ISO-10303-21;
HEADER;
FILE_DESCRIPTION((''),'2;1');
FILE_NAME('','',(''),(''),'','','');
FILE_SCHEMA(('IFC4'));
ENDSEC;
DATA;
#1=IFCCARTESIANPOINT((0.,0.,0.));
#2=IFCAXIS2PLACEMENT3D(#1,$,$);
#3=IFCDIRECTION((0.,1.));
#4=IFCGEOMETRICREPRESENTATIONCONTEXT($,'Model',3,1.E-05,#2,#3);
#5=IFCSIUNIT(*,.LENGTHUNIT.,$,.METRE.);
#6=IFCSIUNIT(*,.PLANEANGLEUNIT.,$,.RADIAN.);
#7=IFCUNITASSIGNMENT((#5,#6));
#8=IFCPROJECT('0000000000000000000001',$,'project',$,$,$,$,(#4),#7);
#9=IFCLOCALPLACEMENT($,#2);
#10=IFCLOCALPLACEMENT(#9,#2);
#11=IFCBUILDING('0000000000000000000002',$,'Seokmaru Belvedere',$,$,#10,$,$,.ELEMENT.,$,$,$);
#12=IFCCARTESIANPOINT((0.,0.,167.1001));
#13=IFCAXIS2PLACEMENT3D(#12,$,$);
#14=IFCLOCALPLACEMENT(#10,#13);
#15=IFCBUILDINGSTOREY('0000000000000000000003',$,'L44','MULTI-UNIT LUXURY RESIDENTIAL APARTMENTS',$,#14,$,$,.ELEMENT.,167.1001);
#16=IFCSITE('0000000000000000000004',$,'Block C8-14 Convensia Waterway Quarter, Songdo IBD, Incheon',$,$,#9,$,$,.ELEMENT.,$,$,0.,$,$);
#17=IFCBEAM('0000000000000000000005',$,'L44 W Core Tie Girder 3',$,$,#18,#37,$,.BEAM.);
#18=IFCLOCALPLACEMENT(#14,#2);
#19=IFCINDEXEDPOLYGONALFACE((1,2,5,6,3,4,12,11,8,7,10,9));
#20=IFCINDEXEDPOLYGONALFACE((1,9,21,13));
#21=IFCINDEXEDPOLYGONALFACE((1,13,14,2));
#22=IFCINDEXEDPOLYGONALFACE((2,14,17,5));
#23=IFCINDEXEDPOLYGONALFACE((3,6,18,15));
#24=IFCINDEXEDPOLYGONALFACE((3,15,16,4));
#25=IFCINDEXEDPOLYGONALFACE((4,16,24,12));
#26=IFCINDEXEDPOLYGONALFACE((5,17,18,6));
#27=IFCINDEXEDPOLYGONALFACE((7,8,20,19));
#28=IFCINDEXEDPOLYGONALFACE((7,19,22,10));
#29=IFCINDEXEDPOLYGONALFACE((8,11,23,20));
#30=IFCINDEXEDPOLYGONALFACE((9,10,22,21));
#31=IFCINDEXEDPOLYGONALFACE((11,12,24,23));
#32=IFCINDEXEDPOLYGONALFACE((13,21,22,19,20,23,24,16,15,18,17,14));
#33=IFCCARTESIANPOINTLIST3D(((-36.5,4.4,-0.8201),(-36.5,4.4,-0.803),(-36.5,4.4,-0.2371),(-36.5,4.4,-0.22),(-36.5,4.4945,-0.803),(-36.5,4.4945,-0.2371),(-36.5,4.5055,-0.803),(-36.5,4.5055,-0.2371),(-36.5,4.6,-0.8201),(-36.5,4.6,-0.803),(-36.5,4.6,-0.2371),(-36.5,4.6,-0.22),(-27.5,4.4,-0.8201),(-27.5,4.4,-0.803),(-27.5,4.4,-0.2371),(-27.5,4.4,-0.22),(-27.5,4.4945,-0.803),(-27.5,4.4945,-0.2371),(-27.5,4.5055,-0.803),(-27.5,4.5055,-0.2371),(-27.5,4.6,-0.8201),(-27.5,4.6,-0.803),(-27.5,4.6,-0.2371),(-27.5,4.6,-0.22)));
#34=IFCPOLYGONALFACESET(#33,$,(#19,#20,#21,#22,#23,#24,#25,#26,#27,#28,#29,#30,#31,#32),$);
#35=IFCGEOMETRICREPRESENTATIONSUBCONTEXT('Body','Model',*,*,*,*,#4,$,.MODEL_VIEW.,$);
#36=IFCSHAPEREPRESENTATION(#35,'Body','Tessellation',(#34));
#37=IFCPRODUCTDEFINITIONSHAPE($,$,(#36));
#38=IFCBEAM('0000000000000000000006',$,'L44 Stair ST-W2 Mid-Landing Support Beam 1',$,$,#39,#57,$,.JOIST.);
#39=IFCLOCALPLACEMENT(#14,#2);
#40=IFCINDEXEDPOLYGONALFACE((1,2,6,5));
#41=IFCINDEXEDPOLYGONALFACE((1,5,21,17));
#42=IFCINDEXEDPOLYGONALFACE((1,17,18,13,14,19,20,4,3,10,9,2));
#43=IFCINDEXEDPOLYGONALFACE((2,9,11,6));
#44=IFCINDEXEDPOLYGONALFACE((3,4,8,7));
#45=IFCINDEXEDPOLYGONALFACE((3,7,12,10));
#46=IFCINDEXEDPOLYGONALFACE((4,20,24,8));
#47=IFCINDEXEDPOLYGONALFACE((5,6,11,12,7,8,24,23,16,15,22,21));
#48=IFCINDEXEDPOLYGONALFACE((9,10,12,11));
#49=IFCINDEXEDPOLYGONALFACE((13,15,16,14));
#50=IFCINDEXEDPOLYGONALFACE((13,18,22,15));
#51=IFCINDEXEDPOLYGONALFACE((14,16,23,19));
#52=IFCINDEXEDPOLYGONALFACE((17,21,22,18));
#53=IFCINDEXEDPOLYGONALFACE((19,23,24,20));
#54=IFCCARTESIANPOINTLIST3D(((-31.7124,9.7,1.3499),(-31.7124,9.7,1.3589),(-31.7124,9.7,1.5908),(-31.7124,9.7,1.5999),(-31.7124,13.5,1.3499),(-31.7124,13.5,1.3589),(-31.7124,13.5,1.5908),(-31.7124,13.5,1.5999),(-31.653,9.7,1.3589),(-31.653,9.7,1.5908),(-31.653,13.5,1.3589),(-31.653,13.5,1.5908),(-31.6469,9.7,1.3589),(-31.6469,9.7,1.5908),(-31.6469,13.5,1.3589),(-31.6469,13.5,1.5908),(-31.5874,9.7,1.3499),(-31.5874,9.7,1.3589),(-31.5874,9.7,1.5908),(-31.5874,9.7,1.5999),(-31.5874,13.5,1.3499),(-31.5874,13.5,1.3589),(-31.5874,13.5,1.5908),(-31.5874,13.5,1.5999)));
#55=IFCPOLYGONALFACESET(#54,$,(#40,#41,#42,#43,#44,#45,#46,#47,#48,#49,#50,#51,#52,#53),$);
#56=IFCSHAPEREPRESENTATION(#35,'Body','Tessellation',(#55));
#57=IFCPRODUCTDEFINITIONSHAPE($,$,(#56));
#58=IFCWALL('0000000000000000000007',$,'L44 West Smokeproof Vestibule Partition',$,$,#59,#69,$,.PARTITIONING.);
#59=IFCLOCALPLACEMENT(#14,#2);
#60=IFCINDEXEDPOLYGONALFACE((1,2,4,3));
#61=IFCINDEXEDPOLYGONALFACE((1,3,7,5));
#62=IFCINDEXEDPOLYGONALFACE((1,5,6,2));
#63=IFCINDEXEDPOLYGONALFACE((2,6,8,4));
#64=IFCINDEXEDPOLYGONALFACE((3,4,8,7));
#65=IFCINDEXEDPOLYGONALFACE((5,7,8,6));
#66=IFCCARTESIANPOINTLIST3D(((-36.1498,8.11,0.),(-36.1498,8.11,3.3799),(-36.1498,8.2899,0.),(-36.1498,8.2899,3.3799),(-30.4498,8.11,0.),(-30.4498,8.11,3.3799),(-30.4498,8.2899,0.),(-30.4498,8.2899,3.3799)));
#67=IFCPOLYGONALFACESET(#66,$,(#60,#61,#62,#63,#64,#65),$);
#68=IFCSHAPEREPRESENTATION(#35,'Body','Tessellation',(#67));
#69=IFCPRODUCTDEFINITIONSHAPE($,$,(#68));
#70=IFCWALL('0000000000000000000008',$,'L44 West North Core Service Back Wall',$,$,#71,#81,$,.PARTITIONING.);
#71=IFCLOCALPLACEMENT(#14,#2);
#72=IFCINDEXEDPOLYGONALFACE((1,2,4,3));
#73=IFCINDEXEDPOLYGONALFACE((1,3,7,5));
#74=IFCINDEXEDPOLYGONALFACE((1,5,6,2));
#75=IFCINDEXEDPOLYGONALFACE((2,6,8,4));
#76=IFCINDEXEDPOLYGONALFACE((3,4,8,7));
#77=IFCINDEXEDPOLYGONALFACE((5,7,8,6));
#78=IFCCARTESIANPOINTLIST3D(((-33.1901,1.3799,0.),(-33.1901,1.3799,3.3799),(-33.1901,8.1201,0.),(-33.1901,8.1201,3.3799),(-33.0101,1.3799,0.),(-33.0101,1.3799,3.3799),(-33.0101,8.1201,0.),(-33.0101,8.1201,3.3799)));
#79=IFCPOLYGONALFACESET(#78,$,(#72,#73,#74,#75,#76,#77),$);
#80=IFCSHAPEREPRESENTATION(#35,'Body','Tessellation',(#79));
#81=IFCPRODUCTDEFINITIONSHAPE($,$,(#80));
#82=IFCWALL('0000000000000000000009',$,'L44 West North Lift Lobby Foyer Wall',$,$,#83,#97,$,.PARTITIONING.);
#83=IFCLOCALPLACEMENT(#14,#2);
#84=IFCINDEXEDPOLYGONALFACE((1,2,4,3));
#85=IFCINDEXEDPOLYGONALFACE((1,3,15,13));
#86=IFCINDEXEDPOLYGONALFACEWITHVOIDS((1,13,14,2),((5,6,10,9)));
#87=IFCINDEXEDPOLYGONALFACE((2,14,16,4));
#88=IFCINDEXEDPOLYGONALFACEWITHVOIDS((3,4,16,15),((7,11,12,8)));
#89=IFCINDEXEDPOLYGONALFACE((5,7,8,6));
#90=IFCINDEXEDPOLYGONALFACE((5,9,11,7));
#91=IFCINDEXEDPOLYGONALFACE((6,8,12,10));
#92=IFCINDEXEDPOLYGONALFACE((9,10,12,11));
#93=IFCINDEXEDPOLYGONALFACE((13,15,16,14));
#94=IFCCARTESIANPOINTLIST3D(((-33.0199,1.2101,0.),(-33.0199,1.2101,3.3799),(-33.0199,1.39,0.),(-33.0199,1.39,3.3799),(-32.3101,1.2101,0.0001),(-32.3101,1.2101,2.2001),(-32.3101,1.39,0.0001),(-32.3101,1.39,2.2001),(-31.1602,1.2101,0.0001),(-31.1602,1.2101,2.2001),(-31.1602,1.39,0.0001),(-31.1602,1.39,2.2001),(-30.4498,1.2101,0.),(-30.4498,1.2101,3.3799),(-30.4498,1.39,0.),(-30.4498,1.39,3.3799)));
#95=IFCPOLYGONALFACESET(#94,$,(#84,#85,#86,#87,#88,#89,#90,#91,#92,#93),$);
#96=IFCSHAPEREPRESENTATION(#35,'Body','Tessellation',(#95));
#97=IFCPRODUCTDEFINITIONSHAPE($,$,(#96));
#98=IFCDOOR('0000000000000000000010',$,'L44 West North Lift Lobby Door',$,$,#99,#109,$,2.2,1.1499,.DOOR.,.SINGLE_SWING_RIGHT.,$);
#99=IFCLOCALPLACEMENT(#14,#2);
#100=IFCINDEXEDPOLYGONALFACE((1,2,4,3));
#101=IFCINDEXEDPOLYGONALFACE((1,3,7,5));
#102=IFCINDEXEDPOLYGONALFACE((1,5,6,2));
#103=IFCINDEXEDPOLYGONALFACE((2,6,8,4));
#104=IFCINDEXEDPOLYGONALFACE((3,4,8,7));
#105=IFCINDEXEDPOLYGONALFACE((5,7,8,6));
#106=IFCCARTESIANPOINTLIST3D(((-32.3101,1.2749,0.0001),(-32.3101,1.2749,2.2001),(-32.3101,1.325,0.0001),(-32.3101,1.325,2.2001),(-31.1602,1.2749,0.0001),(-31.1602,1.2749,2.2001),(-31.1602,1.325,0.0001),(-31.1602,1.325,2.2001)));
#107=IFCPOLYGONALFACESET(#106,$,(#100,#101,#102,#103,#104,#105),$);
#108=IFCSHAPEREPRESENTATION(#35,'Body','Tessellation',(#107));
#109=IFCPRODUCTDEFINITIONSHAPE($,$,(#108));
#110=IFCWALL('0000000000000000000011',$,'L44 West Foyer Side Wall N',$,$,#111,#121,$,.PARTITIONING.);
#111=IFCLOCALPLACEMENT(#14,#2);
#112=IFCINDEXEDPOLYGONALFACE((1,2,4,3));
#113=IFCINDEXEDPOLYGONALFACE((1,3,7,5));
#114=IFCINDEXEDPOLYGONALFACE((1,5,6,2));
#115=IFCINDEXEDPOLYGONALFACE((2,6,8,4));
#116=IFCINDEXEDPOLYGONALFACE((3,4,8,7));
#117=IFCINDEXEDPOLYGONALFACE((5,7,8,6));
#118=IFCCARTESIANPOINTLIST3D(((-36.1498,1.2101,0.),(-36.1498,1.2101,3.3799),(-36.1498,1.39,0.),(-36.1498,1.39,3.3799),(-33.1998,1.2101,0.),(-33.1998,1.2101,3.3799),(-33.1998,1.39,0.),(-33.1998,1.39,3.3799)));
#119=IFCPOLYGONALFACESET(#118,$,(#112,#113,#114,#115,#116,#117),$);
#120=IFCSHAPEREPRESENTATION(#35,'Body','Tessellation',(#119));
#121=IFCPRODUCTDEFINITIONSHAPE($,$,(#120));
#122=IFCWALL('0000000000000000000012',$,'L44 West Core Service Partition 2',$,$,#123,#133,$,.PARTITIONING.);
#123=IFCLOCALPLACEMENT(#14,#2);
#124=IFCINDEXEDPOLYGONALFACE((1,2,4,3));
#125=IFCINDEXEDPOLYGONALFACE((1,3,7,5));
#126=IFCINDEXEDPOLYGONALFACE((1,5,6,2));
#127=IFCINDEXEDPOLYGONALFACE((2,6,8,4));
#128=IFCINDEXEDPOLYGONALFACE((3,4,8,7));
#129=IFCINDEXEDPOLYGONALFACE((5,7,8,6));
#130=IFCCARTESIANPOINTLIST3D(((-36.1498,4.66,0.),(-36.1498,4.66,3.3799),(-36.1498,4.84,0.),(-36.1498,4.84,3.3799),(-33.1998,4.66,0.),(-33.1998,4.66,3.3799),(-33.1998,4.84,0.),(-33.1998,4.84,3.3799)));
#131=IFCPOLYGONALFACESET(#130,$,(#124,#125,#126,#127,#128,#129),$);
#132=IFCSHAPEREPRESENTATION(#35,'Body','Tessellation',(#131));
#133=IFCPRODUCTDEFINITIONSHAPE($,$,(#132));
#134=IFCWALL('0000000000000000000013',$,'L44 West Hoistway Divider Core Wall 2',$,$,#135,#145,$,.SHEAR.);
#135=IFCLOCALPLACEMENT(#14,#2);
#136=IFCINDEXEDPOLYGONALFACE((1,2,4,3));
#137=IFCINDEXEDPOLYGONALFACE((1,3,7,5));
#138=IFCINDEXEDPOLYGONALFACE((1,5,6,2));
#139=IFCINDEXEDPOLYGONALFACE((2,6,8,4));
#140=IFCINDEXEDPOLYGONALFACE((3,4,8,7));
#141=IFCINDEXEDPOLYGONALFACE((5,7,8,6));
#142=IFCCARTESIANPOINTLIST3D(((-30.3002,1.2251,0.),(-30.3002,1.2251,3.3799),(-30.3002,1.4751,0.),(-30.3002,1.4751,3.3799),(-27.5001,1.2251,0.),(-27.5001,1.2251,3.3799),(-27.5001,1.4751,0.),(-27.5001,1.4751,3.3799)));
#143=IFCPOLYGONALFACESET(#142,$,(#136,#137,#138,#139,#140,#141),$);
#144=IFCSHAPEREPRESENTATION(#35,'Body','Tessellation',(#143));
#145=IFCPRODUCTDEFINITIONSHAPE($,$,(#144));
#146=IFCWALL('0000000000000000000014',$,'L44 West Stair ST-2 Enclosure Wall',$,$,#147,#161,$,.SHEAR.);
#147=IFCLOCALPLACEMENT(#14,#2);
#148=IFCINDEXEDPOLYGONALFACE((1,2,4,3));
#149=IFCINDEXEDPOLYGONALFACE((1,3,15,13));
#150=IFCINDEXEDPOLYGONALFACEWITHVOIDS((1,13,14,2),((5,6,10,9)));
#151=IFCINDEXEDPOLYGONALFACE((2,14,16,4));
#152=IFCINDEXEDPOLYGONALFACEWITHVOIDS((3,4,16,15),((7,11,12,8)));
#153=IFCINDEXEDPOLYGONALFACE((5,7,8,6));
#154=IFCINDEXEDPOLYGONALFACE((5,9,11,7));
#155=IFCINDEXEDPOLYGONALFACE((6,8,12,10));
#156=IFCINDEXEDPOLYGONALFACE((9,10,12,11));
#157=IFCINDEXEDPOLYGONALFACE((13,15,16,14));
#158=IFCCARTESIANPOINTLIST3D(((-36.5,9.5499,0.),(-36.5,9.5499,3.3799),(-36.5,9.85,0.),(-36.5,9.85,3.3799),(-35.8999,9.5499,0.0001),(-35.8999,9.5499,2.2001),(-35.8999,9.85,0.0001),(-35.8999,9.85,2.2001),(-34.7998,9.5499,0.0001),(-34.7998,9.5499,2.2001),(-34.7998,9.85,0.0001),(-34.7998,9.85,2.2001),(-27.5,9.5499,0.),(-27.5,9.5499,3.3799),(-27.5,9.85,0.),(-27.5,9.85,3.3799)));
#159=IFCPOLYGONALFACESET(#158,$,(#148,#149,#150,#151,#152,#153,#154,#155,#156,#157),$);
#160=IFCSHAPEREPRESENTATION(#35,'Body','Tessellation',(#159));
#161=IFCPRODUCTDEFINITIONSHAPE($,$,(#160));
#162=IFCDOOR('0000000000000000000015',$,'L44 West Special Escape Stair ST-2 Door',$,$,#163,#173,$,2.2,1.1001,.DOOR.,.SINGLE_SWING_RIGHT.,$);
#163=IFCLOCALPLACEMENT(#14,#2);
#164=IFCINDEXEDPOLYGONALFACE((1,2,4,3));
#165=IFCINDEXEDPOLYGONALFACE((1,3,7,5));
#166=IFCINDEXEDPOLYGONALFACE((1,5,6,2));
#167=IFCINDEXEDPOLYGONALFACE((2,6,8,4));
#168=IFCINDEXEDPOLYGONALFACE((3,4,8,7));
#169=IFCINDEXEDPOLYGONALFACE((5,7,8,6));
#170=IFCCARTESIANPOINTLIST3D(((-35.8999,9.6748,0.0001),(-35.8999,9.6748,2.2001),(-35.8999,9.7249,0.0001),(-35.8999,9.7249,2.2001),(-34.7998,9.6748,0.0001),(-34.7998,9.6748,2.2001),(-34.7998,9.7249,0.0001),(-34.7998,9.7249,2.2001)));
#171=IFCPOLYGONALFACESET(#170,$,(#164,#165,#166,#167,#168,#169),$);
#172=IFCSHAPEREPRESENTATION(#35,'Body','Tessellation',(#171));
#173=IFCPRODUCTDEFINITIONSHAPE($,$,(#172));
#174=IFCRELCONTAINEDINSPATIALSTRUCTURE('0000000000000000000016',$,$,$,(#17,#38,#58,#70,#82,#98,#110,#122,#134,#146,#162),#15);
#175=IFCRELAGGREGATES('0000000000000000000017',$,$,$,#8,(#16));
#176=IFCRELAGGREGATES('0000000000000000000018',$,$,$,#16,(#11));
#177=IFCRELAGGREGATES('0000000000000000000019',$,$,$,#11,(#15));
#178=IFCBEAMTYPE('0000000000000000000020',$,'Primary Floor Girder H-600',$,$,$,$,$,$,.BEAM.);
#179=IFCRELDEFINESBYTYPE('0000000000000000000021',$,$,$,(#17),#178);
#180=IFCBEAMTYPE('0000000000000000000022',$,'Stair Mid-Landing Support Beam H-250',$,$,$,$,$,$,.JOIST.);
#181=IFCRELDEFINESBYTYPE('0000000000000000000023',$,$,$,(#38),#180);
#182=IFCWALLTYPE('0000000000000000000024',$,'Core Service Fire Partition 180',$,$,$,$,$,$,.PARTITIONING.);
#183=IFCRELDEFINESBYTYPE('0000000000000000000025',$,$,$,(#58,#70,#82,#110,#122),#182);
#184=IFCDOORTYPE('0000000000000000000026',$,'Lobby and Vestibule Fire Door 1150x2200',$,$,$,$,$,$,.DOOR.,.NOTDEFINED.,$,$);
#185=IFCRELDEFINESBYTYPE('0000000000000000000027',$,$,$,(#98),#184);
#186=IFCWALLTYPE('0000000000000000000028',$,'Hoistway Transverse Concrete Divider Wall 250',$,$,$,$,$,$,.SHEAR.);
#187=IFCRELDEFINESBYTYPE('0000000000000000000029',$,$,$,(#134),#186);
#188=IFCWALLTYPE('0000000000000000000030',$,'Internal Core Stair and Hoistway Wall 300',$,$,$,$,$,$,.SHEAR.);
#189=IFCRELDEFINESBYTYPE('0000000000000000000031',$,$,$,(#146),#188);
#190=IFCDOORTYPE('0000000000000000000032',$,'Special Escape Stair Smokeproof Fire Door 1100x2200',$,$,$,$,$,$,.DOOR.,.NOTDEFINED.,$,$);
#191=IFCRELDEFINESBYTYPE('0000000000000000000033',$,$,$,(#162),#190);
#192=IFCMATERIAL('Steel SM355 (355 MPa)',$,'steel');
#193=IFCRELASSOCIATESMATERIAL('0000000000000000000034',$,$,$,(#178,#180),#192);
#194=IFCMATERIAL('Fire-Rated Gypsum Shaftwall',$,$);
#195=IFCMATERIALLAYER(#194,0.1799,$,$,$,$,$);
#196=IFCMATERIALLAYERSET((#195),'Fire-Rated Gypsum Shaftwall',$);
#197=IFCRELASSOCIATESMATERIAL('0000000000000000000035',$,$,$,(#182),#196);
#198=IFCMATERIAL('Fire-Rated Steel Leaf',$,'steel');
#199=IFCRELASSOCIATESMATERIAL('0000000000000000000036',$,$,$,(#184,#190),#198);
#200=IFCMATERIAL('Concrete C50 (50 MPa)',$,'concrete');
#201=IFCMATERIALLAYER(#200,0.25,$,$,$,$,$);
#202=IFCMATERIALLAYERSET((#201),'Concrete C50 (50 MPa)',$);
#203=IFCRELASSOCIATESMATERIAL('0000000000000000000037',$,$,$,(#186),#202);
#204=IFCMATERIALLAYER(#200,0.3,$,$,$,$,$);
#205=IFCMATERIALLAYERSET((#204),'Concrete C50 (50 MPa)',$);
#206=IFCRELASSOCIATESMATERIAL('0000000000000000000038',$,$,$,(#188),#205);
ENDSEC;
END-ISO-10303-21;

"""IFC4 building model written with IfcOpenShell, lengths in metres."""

from ifc_helpers import new_model, si_unit, direction, frame, frame_2d, origin, origin_2d, place, context, subcontext, project, spatial, rectangle, i_section, extrude, source, transform, mapped, material, layer, layer_set, material_profile, profile_set, type_object, type_shapes, element, fill, save


model = new_model("IFC4")

# Units and contexts
model_context = context("Model", 3, precision=1e-05, world=origin(), true_north=direction((0.0, 1.0)))
body_context = subcontext(model_context, "Body", "Model", "MODEL_VIEW")
ifc_project = project(units=[si_unit("LENGTHUNIT", "METRE"), si_unit("PLANEANGLEUNIT", "RADIAN")], contexts=[model_context])

# Site, building, storey
site_placement = place(None, origin())
site = spatial("IfcSite", under=ifc_project, at=site_placement, Name="Block C8-14 Convensia Waterway Quarter, Songdo IBD, Incheon", CompositionType="ELEMENT", RefElevation=0.0)
building_placement = place(site_placement, origin())
building = spatial("IfcBuilding", under=site, at=building_placement, Name="Seokmaru Belvedere", CompositionType="ELEMENT")
storey_placement = place(building_placement, frame((0.0, 0.0, 167.1001)))
storey = spatial("IfcBuildingStorey", under=building, at=storey_placement, Name="L44", Description="MULTI-UNIT LUXURY RESIDENTIAL APARTMENTS", CompositionType="ELEMENT", Elevation=167.1001)

# Beams
ifc_material_1 = material(Name="Steel SM355 (355 MPa)", Category="steel")
ifc_material_profile_1 = material_profile(ifc_material_1, i_section(OverallWidth=0.2, OverallDepth=0.6001, WebThickness=0.011, FlangeThickness=0.0171, at=origin_2d()), Name="H-600x200x11x17")
ifc_profile_set_1 = profile_set([ifc_material_profile_1], Name="Steel SM355 (355 MPa)")
beam_type_1 = type_object("IfcBeamType", Name="Primary Floor Girder H-600", PredefinedType="BEAM", material=ifc_profile_set_1)
shared_shape_1 = source(origin(), body_context, "Body", "SweptSolid", [
    extrude(i_section(OverallWidth=0.2, OverallDepth=0.6001, WebThickness=0.011, FlangeThickness=0.0171, at=origin_2d()), origin(), (0.0, 0.0, 1.0), 9.0),
])
type_shapes(beam_type_1, [shared_shape_1])
beam_1_placement = place(storey_placement, frame((-36.5, 4.5, -0.52), z_axis=(1.0, 0.0, 0.0), x_axis=(0.0, 1.0, 0.0)))
element("IfcBeam", 1, at=beam_1_placement, inside=storey, type_object=beam_type_1, Name="L44 W Core Tie Girder 3", PredefinedType="BEAM", context=body_context, shape_type="MappedRepresentation", body=[
    mapped(shared_shape_1, transform((0.0, 0.0, 0.0), scale=1.0)),
])
ifc_material_profile_2 = material_profile(ifc_material_1, i_section(OverallWidth=0.125, OverallDepth=0.25, WebThickness=0.0061, FlangeThickness=0.009, at=origin_2d()), Name="H-250x125x6x9")
ifc_profile_set_2 = profile_set([ifc_material_profile_2], Name="Steel SM355 (355 MPa)")
beam_type_2 = type_object("IfcBeamType", Name="Stair Mid-Landing Support Beam H-250", PredefinedType="JOIST", material=ifc_profile_set_2)
shared_shape_2 = source(origin(), body_context, "Body", "SweptSolid", [
    extrude(i_section(OverallWidth=0.125, OverallDepth=0.25, WebThickness=0.0061, FlangeThickness=0.009, at=origin_2d()), origin(), (0.0, 0.0, 1.0), 3.8),
])
type_shapes(beam_type_2, [shared_shape_2])
beam_2_placement = place(storey_placement, frame((-31.6499, 9.7, 1.4749), z_axis=(0.0, 1.0, 0.0), x_axis=(-1.0, 0.0, 0.0)))
element("IfcBeam", 2, at=beam_2_placement, inside=storey, type_object=beam_type_2, Name="L44 Stair ST-W2 Mid-Landing Support Beam 1", PredefinedType="JOIST", context=body_context, shape_type="MappedRepresentation", body=[
    mapped(shared_shape_2, transform((0.0, 0.0, 0.0), scale=1.0)),
])

# Walls
ifc_material_2 = material(Name="Fire-Rated Gypsum Shaftwall")
ifc_layer_1 = layer(ifc_material_2, 0.1799)
ifc_layer_set_1 = layer_set([ifc_layer_1], Name="Fire-Rated Gypsum Shaftwall")
wall_type_1 = type_object("IfcWallType", Name="Core Service Fire Partition 180", PredefinedType="PARTITIONING", material=ifc_layer_set_1)
wall_1_placement = place(storey_placement, frame((-36.1499, 8.2, 0.0), z_axis=(0.0, 0.0, 1.0), x_axis=(1.0, 0.0, 0.0)))
element("IfcWall", 3, at=wall_1_placement, inside=storey, type_object=wall_type_1, Name="L44 West Smokeproof Vestibule Partition", PredefinedType="PARTITIONING", context=body_context, shape_type="SweptSolid", body=[
    extrude(rectangle(XDim=5.7, YDim=0.1799, at=frame_2d((2.8501, 0.0))), origin(), (0.0, 0.0, 1.0), 3.3799),
])
wall_2_placement = place(storey_placement, frame((-33.1001, 1.3799, 0.0), z_axis=(0.0, 0.0, 1.0), x_axis=(0.0, 1.0, 0.0)))
element("IfcWall", 4, at=wall_2_placement, inside=storey, type_object=wall_type_1, Name="L44 West North Core Service Back Wall", PredefinedType="PARTITIONING", context=body_context, shape_type="SweptSolid", body=[
    extrude(rectangle(XDim=6.7402, YDim=0.1799, at=frame_2d((3.3701, 0.0))), origin(), (0.0, 0.0, 1.0), 3.3799),
])

# Wall, opening, door
wall_3_placement = place(storey_placement, frame((-33.02, 1.3, 0.0), z_axis=(0.0, 0.0, 1.0), x_axis=(1.0, 0.0, 0.0)))
wall_3 = element("IfcWall", 5, at=wall_3_placement, inside=storey, type_object=wall_type_1, Name="L44 West North Lift Lobby Foyer Wall", PredefinedType="PARTITIONING", context=body_context, shape_type="SweptSolid", body=[
    extrude(rectangle(XDim=2.5701, YDim=0.1799, at=frame_2d((1.2852, 0.0))), origin(), (0.0, 0.0, 1.0), 3.3799),
])
opening_1_placement = place(wall_3_placement, frame((0.71, 0.0, 0.0)))
opening_1 = element("IfcOpeningElement", 6, at=opening_1_placement, cuts=wall_3, PredefinedType="OPENING", context=body_context, shape_type="SweptSolid", body=[
    extrude(rectangle(XDim=1.1499, YDim=2.2, at=frame_2d((0.575, 1.1001))), frame((0.0, 0.1001, 0.0), z_axis=(0.0, -1.0, 0.0), x_axis=(1.0, 0.0, 0.0)), (0.0, 0.0, 1.0), 0.2),
])
ifc_material_3 = material(Name="Fire-Rated Steel Leaf", Category="steel")
door_type_1 = type_object("IfcDoorType", Name="Lobby and Vestibule Fire Door 1150x2200", OperationType="NOTDEFINED", PredefinedType="DOOR", material=ifc_material_3)
shared_shape_3 = source(origin(), body_context, "Body", "SweptSolid", [
    extrude(rectangle(XDim=1.1499, YDim=2.2, at=frame_2d((0.575, 1.1001))), frame((0.0, 0.0249, 0.0), z_axis=(0.0, -1.0, 0.0), x_axis=(1.0, 0.0, 0.0)), (0.0, 0.0, 1.0), 0.05),
])
type_shapes(door_type_1, [shared_shape_3])
door_1_placement = place(opening_1_placement, origin())
door_1 = element("IfcDoor", 7, at=door_1_placement, inside=storey, type_object=door_type_1, Name="L44 West North Lift Lobby Door", OperationType="SINGLE_SWING_RIGHT", OverallHeight=2.2, OverallWidth=1.1499, PredefinedType="DOOR", context=body_context, shape_type="MappedRepresentation", body=[
    mapped(shared_shape_3, transform((0.0, 0.0, 0.0), scale=1.0)),
])
fill(opening_1, door_1)

# Walls
for number, where, z_axis, x_axis, name in (
    (8, (-36.1499, 1.3, 0.0), (0.0, 0.0, 1.0), (1.0, 0.0, 0.0), "L44 West Foyer Side Wall N"),
    (9, (-36.1499, 4.75, 0.0), (0.0, 0.0, 1.0), (1.0, 0.0, 0.0), "L44 West Core Service Partition 2"),
):
    element("IfcWall", number, at=place(storey_placement, frame(where, z_axis=z_axis, x_axis=x_axis)), inside=storey, type_object=wall_type_1, Name=name, PredefinedType="PARTITIONING", context=body_context, shape_type="SweptSolid", body=[
        extrude(rectangle(XDim=2.95, YDim=0.1799, at=frame_2d((1.4751, 0.0))), origin(), (0.0, 0.0, 1.0), 3.3799),
    ])
ifc_material_4 = material(Name="Concrete C50 (50 MPa)", Category="concrete")
ifc_layer_2 = layer(ifc_material_4, 0.25)
ifc_layer_set_2 = layer_set([ifc_layer_2], Name="Concrete C50 (50 MPa)")
wall_type_2 = type_object("IfcWallType", Name="Hoistway Transverse Concrete Divider Wall 250", PredefinedType="SHEAR", material=ifc_layer_set_2)
wall_4_placement = place(storey_placement, frame((-30.3, 1.3501, 0.0), z_axis=(0.0, 0.0, 1.0), x_axis=(1.0, 0.0, 0.0)))
element("IfcWall", 10, at=wall_4_placement, inside=storey, type_object=wall_type_2, Name="L44 West Hoistway Divider Core Wall 2", PredefinedType="SHEAR", context=body_context, shape_type="SweptSolid", body=[
    extrude(rectangle(XDim=2.8, YDim=0.25, at=frame_2d((1.3999, 0.0))), origin(), (0.0, 0.0, 1.0), 3.3799),
])

# Wall, opening, door
ifc_layer_3 = layer(ifc_material_4, 0.3)
ifc_layer_set_3 = layer_set([ifc_layer_3], Name="Concrete C50 (50 MPa)")
wall_type_3 = type_object("IfcWallType", Name="Internal Core Stair and Hoistway Wall 300", PredefinedType="SHEAR", material=ifc_layer_set_3)
wall_5_placement = place(storey_placement, frame((-36.5, 9.7, 0.0), z_axis=(0.0, 0.0, 1.0), x_axis=(1.0, 0.0, 0.0)))
wall_5 = element("IfcWall", 11, at=wall_5_placement, inside=storey, type_object=wall_type_3, Name="L44 West Stair ST-2 Enclosure Wall", PredefinedType="SHEAR", context=body_context, shape_type="SweptSolid", body=[
    extrude(rectangle(XDim=9.0, YDim=0.3, at=frame_2d((4.5, 0.0))), origin(), (0.0, 0.0, 1.0), 3.3799),
])
opening_2_placement = place(wall_5_placement, frame((0.6001, 0.0, 0.0)))
opening_2 = element("IfcOpeningElement", 12, at=opening_2_placement, cuts=wall_5, PredefinedType="OPENING", context=body_context, shape_type="SweptSolid", body=[
    extrude(rectangle(XDim=1.1001, YDim=2.2, at=frame_2d((0.55, 1.1001))), frame((0.0, 0.1602, 0.0), z_axis=(0.0, -1.0, 0.0), x_axis=(1.0, 0.0, 0.0)), (0.0, 0.0, 1.0), 0.3201),
])
door_type_2 = type_object("IfcDoorType", Name="Special Escape Stair Smokeproof Fire Door 1100x2200", OperationType="NOTDEFINED", PredefinedType="DOOR", material=ifc_material_3)
shared_shape_4 = source(origin(), body_context, "Body", "SweptSolid", [
    extrude(rectangle(XDim=1.1001, YDim=2.2, at=frame_2d((0.55, 1.1001))), frame((0.0, 0.0249, 0.0), z_axis=(0.0, -1.0, 0.0), x_axis=(1.0, 0.0, 0.0)), (0.0, 0.0, 1.0), 0.05),
])
type_shapes(door_type_2, [shared_shape_4])
door_2_placement = place(opening_2_placement, origin())
door_2 = element("IfcDoor", 13, at=door_2_placement, inside=storey, type_object=door_type_2, Name="L44 West Special Escape Stair ST-2 Door", OperationType="SINGLE_SWING_RIGHT", OverallHeight=2.2, OverallWidth=1.1001, PredefinedType="DOOR", context=body_context, shape_type="MappedRepresentation", body=[
    mapped(shared_shape_4, transform((0.0, 0.0, 0.0), scale=1.0)),
])
fill(opening_2, door_2)

save(model, "model.ifc")
